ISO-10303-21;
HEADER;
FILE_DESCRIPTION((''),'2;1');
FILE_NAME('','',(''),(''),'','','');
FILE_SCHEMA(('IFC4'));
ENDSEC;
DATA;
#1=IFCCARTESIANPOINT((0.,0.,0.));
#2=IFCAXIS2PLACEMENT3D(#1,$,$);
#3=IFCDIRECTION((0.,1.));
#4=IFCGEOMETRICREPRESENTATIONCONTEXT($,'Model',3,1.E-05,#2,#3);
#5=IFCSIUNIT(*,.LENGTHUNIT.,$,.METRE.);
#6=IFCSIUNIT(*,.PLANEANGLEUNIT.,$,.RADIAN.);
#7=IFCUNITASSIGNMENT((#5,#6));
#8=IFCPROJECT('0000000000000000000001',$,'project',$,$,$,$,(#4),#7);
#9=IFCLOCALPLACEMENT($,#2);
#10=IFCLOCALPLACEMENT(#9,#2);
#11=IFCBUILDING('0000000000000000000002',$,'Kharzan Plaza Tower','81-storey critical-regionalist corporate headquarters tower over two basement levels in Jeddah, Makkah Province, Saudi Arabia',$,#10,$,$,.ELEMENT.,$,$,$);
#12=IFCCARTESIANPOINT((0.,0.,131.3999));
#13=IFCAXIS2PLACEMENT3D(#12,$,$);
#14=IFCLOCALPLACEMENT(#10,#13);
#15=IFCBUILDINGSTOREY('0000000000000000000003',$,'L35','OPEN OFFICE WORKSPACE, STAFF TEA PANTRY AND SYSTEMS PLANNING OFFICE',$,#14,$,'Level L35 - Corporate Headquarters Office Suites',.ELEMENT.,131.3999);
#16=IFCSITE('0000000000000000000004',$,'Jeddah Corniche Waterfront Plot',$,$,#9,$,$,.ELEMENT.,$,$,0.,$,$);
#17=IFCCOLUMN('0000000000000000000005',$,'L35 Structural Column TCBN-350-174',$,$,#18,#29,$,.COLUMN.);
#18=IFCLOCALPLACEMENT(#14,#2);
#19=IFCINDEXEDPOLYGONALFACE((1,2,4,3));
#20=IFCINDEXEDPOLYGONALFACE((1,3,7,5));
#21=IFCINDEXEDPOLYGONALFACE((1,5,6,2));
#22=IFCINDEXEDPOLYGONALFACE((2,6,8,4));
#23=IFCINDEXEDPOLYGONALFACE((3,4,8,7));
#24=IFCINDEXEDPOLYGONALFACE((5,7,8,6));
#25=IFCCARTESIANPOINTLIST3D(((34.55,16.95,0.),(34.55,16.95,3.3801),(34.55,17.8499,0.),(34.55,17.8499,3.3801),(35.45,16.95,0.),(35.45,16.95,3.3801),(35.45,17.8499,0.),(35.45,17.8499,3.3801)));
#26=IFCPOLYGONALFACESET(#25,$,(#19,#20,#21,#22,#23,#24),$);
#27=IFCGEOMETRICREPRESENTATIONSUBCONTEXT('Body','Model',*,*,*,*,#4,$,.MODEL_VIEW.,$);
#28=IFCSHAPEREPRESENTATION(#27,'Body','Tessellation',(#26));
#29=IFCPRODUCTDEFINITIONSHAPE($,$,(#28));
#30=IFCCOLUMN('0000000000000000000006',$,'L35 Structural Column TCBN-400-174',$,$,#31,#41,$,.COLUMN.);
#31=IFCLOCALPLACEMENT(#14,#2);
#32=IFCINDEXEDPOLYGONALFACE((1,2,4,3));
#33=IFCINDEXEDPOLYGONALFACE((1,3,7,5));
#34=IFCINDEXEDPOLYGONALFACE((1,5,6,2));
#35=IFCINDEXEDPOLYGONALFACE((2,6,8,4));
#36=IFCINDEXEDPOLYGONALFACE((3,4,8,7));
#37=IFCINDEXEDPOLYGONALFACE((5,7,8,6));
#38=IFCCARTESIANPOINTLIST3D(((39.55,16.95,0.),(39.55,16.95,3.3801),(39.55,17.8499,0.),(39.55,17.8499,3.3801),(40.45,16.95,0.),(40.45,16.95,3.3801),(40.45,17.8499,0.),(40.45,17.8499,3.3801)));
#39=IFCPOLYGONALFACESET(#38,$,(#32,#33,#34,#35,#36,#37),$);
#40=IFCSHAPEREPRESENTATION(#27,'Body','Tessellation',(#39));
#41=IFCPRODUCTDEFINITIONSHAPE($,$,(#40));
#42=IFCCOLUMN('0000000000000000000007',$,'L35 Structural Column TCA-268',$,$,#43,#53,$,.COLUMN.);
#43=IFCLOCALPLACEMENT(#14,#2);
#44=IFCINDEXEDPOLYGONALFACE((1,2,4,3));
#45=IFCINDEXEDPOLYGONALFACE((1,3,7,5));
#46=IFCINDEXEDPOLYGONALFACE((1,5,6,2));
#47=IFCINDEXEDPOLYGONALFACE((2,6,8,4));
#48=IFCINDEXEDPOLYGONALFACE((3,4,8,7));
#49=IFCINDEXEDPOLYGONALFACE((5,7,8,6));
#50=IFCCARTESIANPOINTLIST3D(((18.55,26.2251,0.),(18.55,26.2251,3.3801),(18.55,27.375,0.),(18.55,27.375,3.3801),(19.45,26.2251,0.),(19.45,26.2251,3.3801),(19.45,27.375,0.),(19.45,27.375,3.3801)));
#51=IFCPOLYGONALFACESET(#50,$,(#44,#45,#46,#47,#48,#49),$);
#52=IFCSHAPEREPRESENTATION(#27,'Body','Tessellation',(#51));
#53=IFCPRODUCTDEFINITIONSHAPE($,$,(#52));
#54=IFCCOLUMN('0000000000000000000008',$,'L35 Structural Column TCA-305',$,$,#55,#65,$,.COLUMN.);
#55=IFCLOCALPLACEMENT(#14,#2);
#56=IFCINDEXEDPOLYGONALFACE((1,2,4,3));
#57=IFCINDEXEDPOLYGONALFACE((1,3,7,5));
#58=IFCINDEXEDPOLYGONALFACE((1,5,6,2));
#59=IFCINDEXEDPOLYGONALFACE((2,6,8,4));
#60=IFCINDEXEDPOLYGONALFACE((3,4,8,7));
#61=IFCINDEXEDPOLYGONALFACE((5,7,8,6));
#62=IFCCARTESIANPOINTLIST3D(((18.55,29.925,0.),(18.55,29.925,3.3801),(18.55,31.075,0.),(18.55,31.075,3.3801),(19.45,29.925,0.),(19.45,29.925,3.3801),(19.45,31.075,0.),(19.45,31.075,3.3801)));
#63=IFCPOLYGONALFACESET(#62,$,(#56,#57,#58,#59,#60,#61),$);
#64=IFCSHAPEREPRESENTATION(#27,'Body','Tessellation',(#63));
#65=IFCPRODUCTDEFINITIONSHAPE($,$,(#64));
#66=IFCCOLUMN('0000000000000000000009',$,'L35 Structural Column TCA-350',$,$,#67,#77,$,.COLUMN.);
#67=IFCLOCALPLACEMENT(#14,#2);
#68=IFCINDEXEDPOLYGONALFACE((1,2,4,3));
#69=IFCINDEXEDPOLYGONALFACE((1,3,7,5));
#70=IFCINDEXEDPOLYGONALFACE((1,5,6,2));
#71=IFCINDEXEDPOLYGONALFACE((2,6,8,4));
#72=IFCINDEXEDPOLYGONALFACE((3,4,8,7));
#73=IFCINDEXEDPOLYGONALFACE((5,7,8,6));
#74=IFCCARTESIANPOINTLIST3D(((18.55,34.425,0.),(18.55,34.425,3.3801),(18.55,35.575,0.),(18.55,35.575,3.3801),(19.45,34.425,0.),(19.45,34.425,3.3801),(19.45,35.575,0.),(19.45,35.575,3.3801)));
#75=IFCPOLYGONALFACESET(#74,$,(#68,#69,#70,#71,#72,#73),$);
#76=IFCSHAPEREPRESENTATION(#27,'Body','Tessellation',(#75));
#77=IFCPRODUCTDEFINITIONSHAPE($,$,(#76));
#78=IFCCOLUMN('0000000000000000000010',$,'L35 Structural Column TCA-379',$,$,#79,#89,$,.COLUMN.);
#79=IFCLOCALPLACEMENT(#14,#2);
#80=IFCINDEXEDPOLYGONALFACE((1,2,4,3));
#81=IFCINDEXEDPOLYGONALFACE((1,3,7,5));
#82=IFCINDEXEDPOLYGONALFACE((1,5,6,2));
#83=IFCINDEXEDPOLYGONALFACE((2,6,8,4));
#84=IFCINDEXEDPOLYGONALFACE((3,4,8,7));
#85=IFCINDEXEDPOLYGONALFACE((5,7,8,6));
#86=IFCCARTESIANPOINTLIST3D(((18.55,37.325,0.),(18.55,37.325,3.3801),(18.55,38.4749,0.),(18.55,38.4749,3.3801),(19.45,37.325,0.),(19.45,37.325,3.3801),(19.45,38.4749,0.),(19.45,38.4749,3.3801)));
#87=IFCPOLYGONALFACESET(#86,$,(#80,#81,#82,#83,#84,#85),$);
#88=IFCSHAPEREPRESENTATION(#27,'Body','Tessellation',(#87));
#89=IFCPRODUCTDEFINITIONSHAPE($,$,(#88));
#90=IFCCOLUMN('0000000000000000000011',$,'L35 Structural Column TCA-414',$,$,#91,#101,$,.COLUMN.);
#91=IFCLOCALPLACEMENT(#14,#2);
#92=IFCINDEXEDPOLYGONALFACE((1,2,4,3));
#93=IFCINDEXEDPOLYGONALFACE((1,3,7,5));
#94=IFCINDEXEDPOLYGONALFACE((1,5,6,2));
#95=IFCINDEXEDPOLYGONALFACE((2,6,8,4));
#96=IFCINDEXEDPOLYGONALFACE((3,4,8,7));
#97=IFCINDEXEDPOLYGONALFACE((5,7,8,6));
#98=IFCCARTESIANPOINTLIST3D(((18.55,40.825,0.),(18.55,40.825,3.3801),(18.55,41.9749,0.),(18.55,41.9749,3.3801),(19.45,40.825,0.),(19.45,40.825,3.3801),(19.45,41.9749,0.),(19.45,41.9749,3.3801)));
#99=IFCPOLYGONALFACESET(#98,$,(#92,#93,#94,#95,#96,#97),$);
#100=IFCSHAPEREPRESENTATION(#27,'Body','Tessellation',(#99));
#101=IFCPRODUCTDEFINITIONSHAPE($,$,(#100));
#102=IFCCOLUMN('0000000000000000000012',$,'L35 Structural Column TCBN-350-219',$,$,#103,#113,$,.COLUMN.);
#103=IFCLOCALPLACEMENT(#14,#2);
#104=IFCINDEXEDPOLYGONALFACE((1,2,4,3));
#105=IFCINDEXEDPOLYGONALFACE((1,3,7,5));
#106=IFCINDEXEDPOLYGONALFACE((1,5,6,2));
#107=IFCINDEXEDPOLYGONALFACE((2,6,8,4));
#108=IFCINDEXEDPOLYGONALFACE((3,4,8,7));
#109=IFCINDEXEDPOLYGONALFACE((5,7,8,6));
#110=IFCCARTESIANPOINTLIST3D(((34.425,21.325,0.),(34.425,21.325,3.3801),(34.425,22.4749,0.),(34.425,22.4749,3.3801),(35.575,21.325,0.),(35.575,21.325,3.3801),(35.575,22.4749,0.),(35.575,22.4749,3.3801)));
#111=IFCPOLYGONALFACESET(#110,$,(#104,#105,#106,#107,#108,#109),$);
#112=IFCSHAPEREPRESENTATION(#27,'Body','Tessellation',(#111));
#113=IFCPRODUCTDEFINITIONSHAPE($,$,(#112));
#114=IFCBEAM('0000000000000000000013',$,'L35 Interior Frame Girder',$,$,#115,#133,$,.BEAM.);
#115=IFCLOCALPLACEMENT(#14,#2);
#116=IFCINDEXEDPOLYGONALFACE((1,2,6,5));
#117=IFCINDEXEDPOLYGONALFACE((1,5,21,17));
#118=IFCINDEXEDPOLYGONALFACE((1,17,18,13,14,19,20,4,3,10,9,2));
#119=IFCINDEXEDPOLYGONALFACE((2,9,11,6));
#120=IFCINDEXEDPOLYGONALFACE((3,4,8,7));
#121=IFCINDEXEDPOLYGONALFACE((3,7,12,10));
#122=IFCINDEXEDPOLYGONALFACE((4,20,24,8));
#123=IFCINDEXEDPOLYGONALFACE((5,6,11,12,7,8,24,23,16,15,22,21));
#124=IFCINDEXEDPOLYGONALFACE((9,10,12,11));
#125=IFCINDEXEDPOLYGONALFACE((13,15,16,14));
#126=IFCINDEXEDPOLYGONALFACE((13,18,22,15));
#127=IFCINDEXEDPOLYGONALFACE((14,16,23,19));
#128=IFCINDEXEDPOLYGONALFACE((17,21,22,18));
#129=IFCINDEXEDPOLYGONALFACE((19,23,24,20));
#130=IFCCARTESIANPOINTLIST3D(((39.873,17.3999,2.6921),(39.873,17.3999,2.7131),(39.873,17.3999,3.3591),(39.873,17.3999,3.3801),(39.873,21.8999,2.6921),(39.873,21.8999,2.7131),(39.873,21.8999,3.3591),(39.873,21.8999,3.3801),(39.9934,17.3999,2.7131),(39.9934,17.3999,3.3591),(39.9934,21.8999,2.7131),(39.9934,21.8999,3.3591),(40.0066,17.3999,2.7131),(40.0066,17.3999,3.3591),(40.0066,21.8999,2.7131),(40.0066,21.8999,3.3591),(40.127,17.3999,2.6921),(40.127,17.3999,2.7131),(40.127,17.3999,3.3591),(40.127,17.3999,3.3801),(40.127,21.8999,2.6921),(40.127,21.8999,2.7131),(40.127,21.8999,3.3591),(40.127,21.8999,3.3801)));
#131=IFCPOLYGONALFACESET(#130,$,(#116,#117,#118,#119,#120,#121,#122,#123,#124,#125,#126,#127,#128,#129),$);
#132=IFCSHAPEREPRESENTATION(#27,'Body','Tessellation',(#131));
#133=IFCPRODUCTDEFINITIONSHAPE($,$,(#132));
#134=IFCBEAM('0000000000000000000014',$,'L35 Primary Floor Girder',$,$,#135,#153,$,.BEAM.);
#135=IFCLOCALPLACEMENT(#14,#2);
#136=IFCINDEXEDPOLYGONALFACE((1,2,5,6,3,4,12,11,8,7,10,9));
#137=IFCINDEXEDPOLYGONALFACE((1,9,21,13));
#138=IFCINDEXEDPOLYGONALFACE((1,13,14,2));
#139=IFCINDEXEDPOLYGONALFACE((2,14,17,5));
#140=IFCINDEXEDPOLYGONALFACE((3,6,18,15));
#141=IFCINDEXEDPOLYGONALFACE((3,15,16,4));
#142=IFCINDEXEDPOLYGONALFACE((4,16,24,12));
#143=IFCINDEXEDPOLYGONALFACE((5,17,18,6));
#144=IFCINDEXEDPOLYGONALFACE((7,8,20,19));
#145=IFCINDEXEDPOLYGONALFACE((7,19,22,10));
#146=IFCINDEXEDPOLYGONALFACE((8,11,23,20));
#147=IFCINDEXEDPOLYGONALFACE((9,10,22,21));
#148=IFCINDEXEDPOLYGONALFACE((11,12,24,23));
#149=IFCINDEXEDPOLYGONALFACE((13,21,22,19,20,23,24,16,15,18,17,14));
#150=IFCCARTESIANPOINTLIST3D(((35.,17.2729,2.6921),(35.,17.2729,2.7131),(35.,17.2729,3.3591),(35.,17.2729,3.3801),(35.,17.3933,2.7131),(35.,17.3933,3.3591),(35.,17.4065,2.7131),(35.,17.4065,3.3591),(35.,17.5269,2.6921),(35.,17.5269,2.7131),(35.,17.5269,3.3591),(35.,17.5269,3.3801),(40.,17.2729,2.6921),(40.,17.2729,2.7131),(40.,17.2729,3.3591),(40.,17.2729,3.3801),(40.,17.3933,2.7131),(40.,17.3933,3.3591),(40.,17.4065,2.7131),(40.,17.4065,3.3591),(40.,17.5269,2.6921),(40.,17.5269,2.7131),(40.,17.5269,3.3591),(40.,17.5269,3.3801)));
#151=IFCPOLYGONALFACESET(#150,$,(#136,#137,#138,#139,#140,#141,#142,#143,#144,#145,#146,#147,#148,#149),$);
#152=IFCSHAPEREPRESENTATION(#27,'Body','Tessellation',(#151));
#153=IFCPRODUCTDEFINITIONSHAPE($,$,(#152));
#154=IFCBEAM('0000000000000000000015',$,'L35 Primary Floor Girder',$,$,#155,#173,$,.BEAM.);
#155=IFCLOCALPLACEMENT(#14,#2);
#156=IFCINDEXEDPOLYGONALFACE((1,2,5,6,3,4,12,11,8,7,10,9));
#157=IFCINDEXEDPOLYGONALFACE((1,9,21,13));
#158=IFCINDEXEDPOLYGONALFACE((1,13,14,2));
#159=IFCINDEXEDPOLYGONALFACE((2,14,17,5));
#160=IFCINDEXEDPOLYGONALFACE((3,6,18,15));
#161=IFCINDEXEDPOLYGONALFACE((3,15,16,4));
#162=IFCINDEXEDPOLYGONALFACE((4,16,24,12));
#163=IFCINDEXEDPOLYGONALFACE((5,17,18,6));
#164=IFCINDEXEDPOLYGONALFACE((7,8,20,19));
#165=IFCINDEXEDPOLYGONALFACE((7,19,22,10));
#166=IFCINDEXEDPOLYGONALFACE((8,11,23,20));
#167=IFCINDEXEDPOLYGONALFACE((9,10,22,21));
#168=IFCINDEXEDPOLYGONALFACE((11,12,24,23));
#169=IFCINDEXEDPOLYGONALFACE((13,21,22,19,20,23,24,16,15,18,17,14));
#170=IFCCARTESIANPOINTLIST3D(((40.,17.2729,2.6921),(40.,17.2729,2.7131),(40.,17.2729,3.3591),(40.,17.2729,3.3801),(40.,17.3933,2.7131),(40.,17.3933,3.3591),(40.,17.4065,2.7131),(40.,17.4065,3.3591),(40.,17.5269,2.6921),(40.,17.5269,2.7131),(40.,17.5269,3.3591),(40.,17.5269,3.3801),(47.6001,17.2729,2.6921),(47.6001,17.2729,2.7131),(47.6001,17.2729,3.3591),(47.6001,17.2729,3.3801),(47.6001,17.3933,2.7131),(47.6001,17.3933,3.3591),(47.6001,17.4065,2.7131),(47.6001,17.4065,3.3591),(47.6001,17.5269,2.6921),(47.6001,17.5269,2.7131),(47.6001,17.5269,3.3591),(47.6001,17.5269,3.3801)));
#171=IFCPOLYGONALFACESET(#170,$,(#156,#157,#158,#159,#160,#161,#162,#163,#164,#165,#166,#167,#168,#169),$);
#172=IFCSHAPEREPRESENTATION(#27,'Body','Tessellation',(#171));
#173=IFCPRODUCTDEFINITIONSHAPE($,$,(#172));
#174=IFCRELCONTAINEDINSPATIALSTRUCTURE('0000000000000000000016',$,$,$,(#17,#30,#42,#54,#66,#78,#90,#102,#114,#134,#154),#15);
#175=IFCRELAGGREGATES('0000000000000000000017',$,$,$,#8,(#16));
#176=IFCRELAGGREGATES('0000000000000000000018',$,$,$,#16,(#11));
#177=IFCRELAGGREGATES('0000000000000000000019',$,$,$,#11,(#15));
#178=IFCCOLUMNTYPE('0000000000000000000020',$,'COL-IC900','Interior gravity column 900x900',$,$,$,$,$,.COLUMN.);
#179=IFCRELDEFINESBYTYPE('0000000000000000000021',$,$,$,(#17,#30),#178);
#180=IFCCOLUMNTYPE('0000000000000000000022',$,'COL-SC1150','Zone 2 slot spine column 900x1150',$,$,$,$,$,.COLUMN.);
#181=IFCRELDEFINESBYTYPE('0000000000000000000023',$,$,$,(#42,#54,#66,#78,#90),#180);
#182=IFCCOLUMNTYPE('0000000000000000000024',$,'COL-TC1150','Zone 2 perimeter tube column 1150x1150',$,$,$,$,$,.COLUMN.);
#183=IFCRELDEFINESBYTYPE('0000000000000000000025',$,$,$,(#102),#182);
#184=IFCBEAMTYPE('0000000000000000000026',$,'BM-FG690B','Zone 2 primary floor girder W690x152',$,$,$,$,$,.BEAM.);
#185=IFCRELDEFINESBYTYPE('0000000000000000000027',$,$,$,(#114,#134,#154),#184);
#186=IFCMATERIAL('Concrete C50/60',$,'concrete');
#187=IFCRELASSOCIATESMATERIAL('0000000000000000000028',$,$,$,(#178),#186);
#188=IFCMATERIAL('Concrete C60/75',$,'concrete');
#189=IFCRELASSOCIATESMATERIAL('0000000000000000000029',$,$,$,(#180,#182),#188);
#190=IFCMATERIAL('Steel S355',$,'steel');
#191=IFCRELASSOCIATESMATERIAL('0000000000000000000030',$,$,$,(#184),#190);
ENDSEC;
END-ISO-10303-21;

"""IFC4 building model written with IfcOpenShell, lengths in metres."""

from ifc_helpers import new_model, si_unit, direction, frame, origin, origin_2d, place, context, subcontext, project, spatial, rectangle, i_section, extrude, source, transform, mapped, material, material_profile, profile_set, type_object, element, save


model = new_model("IFC4")

# Units and contexts
model_context = context("Model", 3, precision=1e-05, world=origin(), true_north=direction((0.0, 1.0)))
body_context = subcontext(model_context, "Body", "Model", "MODEL_VIEW")
ifc_project = project(units=[si_unit("LENGTHUNIT", "METRE"), si_unit("PLANEANGLEUNIT", "RADIAN")], contexts=[model_context])

# Site, building, storey
site_placement = place(None, origin())
site = spatial("IfcSite", under=ifc_project, at=site_placement, Name="Jeddah Corniche Waterfront Plot", CompositionType="ELEMENT", RefElevation=0.0)
building_placement = place(site_placement, origin())
building = spatial("IfcBuilding", under=site, at=building_placement, Name="Kharzan Plaza Tower", Description="81-storey critical-regionalist corporate headquarters tower over two basement levels in Jeddah, Makkah Province, Saudi Arabia", CompositionType="ELEMENT")
storey_placement = place(building_placement, frame((0.0, 0.0, 131.3999)))
storey = spatial("IfcBuildingStorey", under=building, at=storey_placement, Name="L35", Description="OPEN OFFICE WORKSPACE, STAFF TEA PANTRY AND SYSTEMS PLANNING OFFICE", LongName="Level L35 - Corporate Headquarters Office Suites", CompositionType="ELEMENT", Elevation=131.3999)

# Columns
ifc_material_1 = material(Name="Concrete C50/60", Category="concrete")
ifc_material_profile_1 = material_profile(ifc_material_1, rectangle(XDim=0.8999, YDim=0.8999, at=origin_2d()), Name="RC-IC900x900")
ifc_profile_set_1 = profile_set([ifc_material_profile_1], Name="Concrete C50/60")
column_type_1 = type_object("IfcColumnType", Name="COL-IC900", Description="Interior gravity column 900x900", PredefinedType="COLUMN", material=ifc_profile_set_1)
shared_shape_1 = source(origin(), body_context, "Body", "SweptSolid", [
    extrude(rectangle(XDim=0.8999, YDim=0.8999, at=origin_2d()), origin(), (0.0, 0.0, 1.0), 3.3801),
])
for number, where, z_axis, x_axis, name in (
    (1, (35.0, 17.3999, 0.0), (0.0, 0.0, 1.0), (1.0, 0.0, 0.0), "L35 Structural Column TCBN-350-174"),
    (2, (40.0, 17.3999, 0.0), (0.0, 0.0, 1.0), (1.0, 0.0, 0.0), "L35 Structural Column TCBN-400-174"),
):
    element("IfcColumn", number, at=place(storey_placement, frame(where, z_axis=z_axis, x_axis=x_axis)), inside=storey, type_object=column_type_1, Name=name, PredefinedType="COLUMN", context=body_context, shape_type="MappedRepresentation", body=[
        mapped(shared_shape_1, transform((0.0, 0.0, 0.0), x_axis=(1.0, 0.0, 0.0), y_axis=(0.0, 1.0, 0.0), z_axis=(0.0, 0.0, 1.0))),
    ])
ifc_material_2 = material(Name="Concrete C60/75", Category="concrete")
ifc_material_profile_2 = material_profile(ifc_material_2, rectangle(XDim=0.8999, YDim=1.1499, at=origin_2d()), Name="RC-SC1150x900")
ifc_profile_set_2 = profile_set([ifc_material_profile_2], Name="Concrete C60/75")
column_type_2 = type_object("IfcColumnType", Name="COL-SC1150", Description="Zone 2 slot spine column 900x1150", PredefinedType="COLUMN", material=ifc_profile_set_2)
shared_shape_2 = source(origin(), body_context, "Body", "SweptSolid", [
    extrude(rectangle(XDim=0.8999, YDim=1.1499, at=origin_2d()), origin(), (0.0, 0.0, 1.0), 3.3801),
])
for number, where, z_axis, x_axis, name in (
    (3, (19.0, 26.8, 0.0), (0.0, 0.0, 1.0), (1.0, 0.0, 0.0), "L35 Structural Column TCA-268"),
    (4, (19.0, 30.5, 0.0), (0.0, 0.0, 1.0), (1.0, 0.0, 0.0), "L35 Structural Column TCA-305"),
    (5, (19.0, 35.0, 0.0), (0.0, 0.0, 1.0), (1.0, 0.0, 0.0), "L35 Structural Column TCA-350"),
    (6, (19.0, 37.8999, 0.0), (0.0, 0.0, 1.0), (1.0, 0.0, 0.0), "L35 Structural Column TCA-379"),
    (7, (19.0, 41.3999, 0.0), (0.0, 0.0, 1.0), (1.0, 0.0, 0.0), "L35 Structural Column TCA-414"),
):
    element("IfcColumn", number, at=place(storey_placement, frame(where, z_axis=z_axis, x_axis=x_axis)), inside=storey, type_object=column_type_2, Name=name, PredefinedType="COLUMN", context=body_context, shape_type="MappedRepresentation", body=[
        mapped(shared_shape_2, transform((0.0, 0.0, 0.0), x_axis=(1.0, 0.0, 0.0), y_axis=(0.0, 1.0, 0.0), z_axis=(0.0, 0.0, 1.0))),
    ])
ifc_material_profile_3 = material_profile(ifc_material_2, rectangle(XDim=1.1499, YDim=1.1499, at=origin_2d()), Name="RC-TC1150x1150")
ifc_profile_set_3 = profile_set([ifc_material_profile_3], Name="Concrete C60/75")
column_type_3 = type_object("IfcColumnType", Name="COL-TC1150", Description="Zone 2 perimeter tube column 1150x1150", PredefinedType="COLUMN", material=ifc_profile_set_3)
shared_shape_3 = source(origin(), body_context, "Body", "SweptSolid", [
    extrude(rectangle(XDim=1.1499, YDim=1.1499, at=origin_2d()), origin(), (0.0, 0.0, 1.0), 3.3801),
])
column_placement = place(storey_placement, frame((35.0, 21.8999, 0.0), z_axis=(0.0, 0.0, 1.0), x_axis=(1.0, 0.0, 0.0)))
element("IfcColumn", 8, at=column_placement, inside=storey, type_object=column_type_3, Name="L35 Structural Column TCBN-350-219", PredefinedType="COLUMN", context=body_context, shape_type="MappedRepresentation", body=[
    mapped(shared_shape_3, transform((0.0, 0.0, 0.0), x_axis=(1.0, 0.0, 0.0), y_axis=(0.0, 1.0, 0.0), z_axis=(0.0, 0.0, 1.0))),
])

# Beams
ifc_material_3 = material(Name="Steel S355", Category="steel")
ifc_material_profile_4 = material_profile(ifc_material_3, i_section(OverallWidth=0.2539, OverallDepth=0.688, WebThickness=0.0132, FlangeThickness=0.021, at=origin_2d()), Name="W690x152")
ifc_profile_set_4 = profile_set([ifc_material_profile_4], Name="Steel S355")
beam_type_1 = type_object("IfcBeamType", Name="BM-FG690B", Description="Zone 2 primary floor girder W690x152", PredefinedType="BEAM", material=ifc_profile_set_4)
shared_shape_4 = source(origin(), body_context, "Body", "SweptSolid", [
    extrude(i_section(OverallWidth=0.2539, OverallDepth=0.688, WebThickness=0.0132, FlangeThickness=0.021, at=origin_2d()), origin(), (0.0, 0.0, 1.0), 4.5),
])
beam_1_placement = place(storey_placement, frame((40.0, 17.3999, 3.0361), z_axis=(0.0, 1.0, 0.0), x_axis=(-1.0, 0.0, 0.0)))
element("IfcBeam", 9, at=beam_1_placement, inside=storey, type_object=beam_type_1, Name="L35 Interior Frame Girder", PredefinedType="BEAM", context=body_context, shape_type="MappedRepresentation", body=[
    mapped(shared_shape_4, transform((0.0, 0.0, 0.0), x_axis=(1.0, 0.0, 0.0), y_axis=(0.0, 1.0, 0.0), z_axis=(0.0, 0.0, 1.0))),
])
shared_shape_5 = source(origin(), body_context, "Body", "SweptSolid", [
    extrude(i_section(OverallWidth=0.2539, OverallDepth=0.688, WebThickness=0.0132, FlangeThickness=0.021, at=origin_2d()), origin(), (0.0, 0.0, 1.0), 5.0),
])
beam_2_placement = place(storey_placement, frame((35.0, 17.3999, 3.0361), z_axis=(1.0, 0.0, 0.0), x_axis=(0.0, 1.0, 0.0)))
element("IfcBeam", 10, at=beam_2_placement, inside=storey, type_object=beam_type_1, Name="L35 Primary Floor Girder", PredefinedType="BEAM", context=body_context, shape_type="MappedRepresentation", body=[
    mapped(shared_shape_5, transform((0.0, 0.0, 0.0), x_axis=(1.0, 0.0, 0.0), y_axis=(0.0, 1.0, 0.0), z_axis=(0.0, 0.0, 1.0))),
])
shared_shape_6 = source(origin(), body_context, "Body", "SweptSolid", [
    extrude(i_section(OverallWidth=0.2539, OverallDepth=0.688, WebThickness=0.0132, FlangeThickness=0.021, at=origin_2d()), origin(), (0.0, 0.0, 1.0), 7.6001),
])
beam_3_placement = place(storey_placement, frame((40.0, 17.3999, 3.0361), z_axis=(1.0, 0.0, 0.0), x_axis=(0.0, 1.0, 0.0)))
element("IfcBeam", 11, at=beam_3_placement, inside=storey, type_object=beam_type_1, Name="L35 Primary Floor Girder", PredefinedType="BEAM", context=body_context, shape_type="MappedRepresentation", body=[
    mapped(shared_shape_6, transform((0.0, 0.0, 0.0), x_axis=(1.0, 0.0, 0.0), y_axis=(0.0, 1.0, 0.0), z_axis=(0.0, 0.0, 1.0))),
])

save(model, "model.ifc")
